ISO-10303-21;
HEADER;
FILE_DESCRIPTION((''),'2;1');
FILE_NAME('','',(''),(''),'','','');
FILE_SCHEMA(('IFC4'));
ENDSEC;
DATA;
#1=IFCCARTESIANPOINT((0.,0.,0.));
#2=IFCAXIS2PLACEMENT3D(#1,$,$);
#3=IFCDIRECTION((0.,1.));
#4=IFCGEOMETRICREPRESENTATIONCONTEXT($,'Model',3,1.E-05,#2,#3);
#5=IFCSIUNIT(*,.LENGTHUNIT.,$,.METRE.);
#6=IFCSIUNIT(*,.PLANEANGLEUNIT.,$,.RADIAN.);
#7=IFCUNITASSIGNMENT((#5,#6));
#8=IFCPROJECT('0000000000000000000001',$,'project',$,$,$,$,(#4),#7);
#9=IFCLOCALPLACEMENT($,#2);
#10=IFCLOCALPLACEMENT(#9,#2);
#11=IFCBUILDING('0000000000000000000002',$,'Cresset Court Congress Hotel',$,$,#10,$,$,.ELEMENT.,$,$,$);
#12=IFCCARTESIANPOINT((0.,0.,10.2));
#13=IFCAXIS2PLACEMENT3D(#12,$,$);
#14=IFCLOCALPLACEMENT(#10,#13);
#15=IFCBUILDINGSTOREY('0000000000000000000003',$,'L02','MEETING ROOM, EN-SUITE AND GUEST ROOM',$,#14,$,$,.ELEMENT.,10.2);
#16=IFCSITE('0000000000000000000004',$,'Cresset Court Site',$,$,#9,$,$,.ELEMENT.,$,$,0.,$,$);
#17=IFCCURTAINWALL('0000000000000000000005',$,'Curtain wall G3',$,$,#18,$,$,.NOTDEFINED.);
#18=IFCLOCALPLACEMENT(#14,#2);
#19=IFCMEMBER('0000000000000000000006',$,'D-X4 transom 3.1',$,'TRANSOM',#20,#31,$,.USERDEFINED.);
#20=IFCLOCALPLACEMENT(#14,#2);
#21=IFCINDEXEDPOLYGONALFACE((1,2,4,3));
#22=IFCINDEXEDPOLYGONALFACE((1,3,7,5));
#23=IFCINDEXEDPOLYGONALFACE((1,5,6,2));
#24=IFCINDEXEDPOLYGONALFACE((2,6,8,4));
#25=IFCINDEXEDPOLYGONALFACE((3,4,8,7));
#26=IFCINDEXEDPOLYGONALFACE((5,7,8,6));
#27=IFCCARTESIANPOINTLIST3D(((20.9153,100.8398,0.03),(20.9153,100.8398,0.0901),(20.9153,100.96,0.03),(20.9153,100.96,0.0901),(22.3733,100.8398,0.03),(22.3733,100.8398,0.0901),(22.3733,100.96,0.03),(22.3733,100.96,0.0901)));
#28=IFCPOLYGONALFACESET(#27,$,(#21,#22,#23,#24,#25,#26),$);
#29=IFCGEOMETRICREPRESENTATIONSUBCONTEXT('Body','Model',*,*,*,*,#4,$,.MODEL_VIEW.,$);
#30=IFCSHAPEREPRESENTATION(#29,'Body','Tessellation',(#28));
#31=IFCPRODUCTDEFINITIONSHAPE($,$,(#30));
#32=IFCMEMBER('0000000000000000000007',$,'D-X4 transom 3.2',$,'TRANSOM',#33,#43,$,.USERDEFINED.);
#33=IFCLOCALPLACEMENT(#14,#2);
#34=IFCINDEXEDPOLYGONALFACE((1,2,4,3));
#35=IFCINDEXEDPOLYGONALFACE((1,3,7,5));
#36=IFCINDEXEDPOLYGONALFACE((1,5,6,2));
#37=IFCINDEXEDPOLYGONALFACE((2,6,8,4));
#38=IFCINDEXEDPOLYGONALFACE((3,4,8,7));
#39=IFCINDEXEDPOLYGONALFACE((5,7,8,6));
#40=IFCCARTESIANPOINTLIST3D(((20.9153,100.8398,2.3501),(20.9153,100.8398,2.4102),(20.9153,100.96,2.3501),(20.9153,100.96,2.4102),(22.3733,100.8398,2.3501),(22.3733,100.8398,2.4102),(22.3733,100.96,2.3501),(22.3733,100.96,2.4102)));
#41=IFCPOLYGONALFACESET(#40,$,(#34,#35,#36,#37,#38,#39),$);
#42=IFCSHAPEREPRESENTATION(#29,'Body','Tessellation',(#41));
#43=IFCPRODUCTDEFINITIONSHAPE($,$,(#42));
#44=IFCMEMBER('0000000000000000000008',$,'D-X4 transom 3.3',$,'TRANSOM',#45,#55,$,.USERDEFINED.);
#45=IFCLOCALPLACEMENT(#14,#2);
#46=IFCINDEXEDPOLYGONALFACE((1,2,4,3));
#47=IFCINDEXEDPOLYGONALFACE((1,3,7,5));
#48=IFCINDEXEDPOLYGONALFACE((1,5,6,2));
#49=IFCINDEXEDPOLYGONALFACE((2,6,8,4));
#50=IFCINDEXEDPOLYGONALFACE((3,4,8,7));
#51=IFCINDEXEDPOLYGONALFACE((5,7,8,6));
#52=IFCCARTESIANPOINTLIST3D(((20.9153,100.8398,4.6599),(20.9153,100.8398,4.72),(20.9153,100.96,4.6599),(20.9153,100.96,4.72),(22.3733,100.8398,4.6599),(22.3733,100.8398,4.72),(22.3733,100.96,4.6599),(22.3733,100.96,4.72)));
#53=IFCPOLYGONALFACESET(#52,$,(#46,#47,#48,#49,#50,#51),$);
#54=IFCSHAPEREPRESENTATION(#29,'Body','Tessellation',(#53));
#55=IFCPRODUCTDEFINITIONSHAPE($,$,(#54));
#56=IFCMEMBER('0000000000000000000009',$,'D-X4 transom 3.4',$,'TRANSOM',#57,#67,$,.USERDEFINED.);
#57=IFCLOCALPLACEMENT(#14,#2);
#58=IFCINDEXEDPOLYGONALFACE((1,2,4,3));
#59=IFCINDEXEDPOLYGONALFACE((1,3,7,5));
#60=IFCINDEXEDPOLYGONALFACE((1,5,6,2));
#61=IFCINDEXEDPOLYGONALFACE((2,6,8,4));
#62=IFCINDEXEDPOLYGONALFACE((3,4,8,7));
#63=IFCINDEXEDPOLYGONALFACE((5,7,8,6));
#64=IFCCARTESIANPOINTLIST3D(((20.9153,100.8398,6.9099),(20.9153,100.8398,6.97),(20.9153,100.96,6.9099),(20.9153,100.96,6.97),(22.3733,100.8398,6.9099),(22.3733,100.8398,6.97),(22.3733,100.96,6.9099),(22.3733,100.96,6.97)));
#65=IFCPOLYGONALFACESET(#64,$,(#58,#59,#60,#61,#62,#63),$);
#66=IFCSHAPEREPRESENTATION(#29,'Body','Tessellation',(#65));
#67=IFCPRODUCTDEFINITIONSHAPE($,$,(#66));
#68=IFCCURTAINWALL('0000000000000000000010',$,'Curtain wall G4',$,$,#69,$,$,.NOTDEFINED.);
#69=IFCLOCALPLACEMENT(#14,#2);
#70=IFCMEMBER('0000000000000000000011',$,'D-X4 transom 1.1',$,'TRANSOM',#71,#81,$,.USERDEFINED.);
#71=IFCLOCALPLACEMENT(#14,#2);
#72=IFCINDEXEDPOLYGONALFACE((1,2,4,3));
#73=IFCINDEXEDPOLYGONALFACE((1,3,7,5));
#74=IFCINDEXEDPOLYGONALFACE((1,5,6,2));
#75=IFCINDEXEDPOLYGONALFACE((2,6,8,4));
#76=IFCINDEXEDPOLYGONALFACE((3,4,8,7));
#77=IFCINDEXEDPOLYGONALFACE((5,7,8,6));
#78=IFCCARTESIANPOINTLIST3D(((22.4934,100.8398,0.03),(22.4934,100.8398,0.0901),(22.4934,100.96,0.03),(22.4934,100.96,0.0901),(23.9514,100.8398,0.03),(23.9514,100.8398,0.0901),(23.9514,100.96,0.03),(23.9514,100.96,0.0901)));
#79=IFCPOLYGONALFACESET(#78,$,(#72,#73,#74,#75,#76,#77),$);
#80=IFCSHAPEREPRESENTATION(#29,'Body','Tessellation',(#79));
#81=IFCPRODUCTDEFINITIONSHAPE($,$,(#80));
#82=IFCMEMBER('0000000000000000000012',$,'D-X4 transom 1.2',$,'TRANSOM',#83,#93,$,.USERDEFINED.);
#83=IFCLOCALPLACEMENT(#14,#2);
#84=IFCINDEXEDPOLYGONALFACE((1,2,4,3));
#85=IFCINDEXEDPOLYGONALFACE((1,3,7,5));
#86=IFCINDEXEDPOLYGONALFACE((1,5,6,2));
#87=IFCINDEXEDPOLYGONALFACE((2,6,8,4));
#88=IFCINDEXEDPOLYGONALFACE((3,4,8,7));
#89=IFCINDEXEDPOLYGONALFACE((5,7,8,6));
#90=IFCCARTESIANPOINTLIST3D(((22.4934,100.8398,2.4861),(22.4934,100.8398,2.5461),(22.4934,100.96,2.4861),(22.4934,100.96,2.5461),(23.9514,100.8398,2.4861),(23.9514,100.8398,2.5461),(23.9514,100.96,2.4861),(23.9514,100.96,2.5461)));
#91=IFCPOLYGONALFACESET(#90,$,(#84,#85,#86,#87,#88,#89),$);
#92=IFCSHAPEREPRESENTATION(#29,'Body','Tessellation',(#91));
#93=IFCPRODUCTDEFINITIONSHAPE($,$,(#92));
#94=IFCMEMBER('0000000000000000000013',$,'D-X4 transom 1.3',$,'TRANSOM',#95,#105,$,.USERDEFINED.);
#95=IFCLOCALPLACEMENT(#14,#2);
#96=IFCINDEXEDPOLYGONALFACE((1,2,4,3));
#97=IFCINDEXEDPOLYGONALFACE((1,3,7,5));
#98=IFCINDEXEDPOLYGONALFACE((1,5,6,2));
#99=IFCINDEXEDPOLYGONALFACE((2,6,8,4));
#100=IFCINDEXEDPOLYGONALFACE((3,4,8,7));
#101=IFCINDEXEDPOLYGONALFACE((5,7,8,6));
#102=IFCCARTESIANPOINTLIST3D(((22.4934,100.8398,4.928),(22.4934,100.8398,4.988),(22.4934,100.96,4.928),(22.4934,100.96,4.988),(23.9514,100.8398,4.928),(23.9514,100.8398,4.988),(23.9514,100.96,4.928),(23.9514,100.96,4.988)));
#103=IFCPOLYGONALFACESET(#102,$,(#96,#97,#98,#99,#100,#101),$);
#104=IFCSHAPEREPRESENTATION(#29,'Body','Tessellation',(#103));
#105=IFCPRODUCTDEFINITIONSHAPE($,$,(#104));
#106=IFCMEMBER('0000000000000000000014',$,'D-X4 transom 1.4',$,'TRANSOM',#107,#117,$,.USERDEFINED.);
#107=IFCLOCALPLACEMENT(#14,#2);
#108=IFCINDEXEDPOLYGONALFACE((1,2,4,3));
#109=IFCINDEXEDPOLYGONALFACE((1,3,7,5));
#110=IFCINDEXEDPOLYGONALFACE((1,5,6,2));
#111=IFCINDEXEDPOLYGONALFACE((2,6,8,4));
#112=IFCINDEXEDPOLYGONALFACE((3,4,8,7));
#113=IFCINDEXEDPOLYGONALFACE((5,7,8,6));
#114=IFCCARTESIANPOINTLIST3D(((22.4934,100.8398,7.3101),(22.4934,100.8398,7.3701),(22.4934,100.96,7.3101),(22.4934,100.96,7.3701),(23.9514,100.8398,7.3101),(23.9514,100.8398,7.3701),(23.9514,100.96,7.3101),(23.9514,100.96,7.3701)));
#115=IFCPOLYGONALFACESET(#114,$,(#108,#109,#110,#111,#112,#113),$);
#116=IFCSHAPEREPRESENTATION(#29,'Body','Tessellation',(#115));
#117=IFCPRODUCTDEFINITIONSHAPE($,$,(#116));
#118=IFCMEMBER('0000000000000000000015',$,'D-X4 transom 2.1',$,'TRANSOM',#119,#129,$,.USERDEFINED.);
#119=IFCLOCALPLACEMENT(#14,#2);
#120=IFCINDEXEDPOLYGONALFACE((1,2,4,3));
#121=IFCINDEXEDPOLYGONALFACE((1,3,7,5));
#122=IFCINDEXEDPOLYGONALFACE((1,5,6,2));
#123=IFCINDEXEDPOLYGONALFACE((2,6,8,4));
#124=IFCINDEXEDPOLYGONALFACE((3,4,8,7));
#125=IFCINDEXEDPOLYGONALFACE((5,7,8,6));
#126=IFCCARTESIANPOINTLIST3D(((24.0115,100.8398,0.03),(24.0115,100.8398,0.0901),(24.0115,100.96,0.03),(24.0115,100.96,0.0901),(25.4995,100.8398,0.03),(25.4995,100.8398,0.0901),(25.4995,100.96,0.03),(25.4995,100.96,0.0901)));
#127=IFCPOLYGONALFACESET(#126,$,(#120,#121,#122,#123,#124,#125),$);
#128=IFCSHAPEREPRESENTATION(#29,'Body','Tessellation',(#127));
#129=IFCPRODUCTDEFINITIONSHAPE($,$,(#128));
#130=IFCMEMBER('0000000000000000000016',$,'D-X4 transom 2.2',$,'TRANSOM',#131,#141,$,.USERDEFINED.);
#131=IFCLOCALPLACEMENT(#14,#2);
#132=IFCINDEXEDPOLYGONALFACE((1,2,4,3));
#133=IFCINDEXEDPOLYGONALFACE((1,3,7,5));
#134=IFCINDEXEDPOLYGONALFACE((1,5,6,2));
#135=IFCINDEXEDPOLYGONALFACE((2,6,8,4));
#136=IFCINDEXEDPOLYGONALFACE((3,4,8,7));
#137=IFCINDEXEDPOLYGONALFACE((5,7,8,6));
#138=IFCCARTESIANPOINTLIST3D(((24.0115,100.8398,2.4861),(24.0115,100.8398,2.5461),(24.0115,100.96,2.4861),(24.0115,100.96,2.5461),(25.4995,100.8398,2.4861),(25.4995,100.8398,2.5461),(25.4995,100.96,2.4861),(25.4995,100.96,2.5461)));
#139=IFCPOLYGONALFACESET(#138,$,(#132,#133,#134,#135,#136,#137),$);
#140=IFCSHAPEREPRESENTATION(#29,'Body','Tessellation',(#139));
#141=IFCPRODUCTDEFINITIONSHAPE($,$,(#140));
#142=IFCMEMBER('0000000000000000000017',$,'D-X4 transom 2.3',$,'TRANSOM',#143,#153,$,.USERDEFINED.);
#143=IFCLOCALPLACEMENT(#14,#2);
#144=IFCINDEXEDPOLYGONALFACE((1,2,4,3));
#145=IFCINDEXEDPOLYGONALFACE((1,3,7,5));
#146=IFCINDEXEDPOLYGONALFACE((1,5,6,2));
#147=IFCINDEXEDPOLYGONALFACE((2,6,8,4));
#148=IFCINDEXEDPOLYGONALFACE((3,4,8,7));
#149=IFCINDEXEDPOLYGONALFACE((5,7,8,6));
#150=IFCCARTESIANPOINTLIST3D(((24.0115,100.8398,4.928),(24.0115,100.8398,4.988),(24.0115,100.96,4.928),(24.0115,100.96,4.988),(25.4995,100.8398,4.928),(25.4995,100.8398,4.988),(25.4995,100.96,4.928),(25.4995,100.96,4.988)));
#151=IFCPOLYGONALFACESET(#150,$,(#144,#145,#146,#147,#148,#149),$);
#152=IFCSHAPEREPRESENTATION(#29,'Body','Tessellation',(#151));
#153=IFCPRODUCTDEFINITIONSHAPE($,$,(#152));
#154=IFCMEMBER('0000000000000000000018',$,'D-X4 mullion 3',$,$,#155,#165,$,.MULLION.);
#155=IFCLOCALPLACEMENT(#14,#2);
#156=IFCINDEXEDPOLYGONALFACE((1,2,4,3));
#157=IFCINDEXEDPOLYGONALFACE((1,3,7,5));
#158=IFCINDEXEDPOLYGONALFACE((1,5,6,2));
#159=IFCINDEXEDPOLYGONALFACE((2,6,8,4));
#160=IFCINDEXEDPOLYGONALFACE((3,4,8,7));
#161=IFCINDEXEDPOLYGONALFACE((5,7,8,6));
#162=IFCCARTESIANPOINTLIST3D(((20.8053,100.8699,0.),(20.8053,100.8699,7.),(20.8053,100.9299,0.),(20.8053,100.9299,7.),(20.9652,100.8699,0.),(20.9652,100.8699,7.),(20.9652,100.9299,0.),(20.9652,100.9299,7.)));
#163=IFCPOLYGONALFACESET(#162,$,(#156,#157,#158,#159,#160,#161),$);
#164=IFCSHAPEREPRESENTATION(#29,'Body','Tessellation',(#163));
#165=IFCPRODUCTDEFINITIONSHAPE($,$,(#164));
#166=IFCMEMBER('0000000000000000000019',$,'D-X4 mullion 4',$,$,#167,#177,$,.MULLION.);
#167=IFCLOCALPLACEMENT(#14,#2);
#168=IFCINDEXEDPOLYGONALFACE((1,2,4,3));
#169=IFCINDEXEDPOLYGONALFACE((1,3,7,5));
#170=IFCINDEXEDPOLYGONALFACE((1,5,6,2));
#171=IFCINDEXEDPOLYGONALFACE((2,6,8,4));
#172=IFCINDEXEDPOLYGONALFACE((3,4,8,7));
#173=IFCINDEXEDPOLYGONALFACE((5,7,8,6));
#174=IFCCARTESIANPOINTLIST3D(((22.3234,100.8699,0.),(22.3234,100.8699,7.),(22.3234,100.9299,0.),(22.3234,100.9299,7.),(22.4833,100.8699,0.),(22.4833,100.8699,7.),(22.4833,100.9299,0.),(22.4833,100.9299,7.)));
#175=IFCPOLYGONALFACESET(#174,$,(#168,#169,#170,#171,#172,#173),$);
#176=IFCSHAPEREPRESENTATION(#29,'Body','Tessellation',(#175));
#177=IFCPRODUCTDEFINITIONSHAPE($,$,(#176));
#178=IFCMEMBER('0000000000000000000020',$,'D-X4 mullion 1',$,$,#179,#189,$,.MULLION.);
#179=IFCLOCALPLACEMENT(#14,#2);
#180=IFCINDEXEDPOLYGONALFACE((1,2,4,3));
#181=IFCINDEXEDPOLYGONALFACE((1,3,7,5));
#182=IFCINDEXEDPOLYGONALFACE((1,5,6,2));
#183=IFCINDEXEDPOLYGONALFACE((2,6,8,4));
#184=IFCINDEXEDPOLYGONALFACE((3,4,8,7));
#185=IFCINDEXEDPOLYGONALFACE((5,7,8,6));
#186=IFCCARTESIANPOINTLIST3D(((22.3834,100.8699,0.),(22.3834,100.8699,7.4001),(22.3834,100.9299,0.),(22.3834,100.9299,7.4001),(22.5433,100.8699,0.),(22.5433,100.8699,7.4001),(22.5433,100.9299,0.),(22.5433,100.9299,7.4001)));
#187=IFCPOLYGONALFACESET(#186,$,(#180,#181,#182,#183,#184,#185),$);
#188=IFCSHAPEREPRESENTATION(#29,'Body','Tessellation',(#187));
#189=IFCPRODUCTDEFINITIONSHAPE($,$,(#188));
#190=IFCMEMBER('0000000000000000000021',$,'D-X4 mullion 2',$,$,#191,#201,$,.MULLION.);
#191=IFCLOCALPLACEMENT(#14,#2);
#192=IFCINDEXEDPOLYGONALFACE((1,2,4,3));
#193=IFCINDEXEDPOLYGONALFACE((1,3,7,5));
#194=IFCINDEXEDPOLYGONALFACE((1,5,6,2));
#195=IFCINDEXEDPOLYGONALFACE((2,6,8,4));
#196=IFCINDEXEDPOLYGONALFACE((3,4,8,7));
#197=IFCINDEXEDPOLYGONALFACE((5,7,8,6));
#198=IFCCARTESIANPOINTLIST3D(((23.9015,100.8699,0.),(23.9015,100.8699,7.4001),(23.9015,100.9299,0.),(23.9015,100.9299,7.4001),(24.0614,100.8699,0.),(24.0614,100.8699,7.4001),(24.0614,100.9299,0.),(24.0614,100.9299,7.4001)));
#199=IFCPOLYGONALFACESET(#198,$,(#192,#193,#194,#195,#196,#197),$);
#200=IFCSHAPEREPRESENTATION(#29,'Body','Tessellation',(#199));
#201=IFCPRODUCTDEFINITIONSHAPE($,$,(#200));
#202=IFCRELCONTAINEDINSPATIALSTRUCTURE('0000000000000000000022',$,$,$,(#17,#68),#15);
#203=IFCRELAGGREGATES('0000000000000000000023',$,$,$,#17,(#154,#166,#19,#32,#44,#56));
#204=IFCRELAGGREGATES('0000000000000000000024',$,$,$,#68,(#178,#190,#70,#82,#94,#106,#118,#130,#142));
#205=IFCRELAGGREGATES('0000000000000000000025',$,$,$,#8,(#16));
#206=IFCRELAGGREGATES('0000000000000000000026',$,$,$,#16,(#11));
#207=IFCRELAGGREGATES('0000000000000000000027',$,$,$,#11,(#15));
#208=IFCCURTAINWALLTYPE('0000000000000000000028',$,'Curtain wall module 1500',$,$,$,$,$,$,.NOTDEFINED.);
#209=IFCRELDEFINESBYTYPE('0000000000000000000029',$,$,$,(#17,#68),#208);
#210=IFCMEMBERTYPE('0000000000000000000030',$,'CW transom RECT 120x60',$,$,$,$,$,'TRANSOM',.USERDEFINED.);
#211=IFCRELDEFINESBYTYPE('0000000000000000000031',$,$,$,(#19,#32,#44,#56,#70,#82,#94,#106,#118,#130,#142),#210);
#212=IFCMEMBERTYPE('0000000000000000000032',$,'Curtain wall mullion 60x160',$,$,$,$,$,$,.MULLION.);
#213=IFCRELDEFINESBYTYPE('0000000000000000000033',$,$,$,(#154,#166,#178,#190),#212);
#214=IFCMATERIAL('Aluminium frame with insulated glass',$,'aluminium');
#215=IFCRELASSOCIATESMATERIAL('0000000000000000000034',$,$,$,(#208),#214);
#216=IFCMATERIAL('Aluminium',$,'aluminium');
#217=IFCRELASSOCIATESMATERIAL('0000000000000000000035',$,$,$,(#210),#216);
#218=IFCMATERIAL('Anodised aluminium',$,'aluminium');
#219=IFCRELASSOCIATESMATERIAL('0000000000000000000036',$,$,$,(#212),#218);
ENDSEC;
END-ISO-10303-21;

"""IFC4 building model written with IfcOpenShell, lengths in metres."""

from ifc_helpers import new_model, si_unit, direction, frame, origin, origin_2d, place, context, subcontext, project, spatial, rectangle, extrude, material, material_profile, profile_set, type_object, element, aggregate, save


model = new_model("IFC4")

# Units and contexts
model_context = context("Model", 3, precision=1e-05, world=origin(), true_north=direction((0.0, 1.0)))
body_context = subcontext(model_context, "Body", "Model", "MODEL_VIEW")
ifc_project = project(units=[si_unit("LENGTHUNIT", "METRE"), si_unit("PLANEANGLEUNIT", "RADIAN")], contexts=[model_context])

# Site, building, storey
site_placement = place(None, origin())
site = spatial("IfcSite", under=ifc_project, at=site_placement, Name="Cresset Court Site", CompositionType="ELEMENT", RefElevation=0.0)
building_placement = place(site_placement, origin())
building = spatial("IfcBuilding", under=site, at=building_placement, Name="Cresset Court Congress Hotel", CompositionType="ELEMENT")
storey_placement = place(building_placement, frame((0.0, 0.0, 10.2)))
storey = spatial("IfcBuildingStorey", under=building, at=storey_placement, Name="L02", Description="MEETING ROOM, EN-SUITE AND GUEST ROOM", CompositionType="ELEMENT", Elevation=10.2)

# Curtain walls, members
ifc_material_1 = material(Name="Aluminium frame with insulated glass", Category="aluminium")
curtain_wall_type = type_object("IfcCurtainWallType", Name="Curtain wall module 1500", PredefinedType="NOTDEFINED", material=ifc_material_1)
curtain_wall_1_placement = place(storey_placement, origin())
curtain_wall_1 = element("IfcCurtainWall", 1, at=curtain_wall_1_placement, inside=storey, type_object=curtain_wall_type, Name="Curtain wall G3", PredefinedType="NOTDEFINED")
ifc_material_2 = material(Name="Aluminium", Category="aluminium")
ifc_material_profile_1 = material_profile(ifc_material_2, rectangle(XDim=0.1201, YDim=0.0601, at=origin_2d()), Name="AL 120x60")
ifc_profile_set_1 = profile_set([ifc_material_profile_1], Name="Aluminium")
member_type_1 = type_object("IfcMemberType", Name="CW transom RECT 120x60", ElementType="TRANSOM", PredefinedType="USERDEFINED", material=ifc_profile_set_1)
member_1_placement = place(storey_placement, frame((20.9153, 100.8999, 0.0601), z_axis=(1.0, 0.0, 0.0), x_axis=(0.0, 1.0, 0.0)))
member_1 = element("IfcMember", 2, at=member_1_placement, type_object=member_type_1, Name="D-X4 transom 3.1", ObjectType="TRANSOM", PredefinedType="USERDEFINED", context=body_context, shape_type="SweptSolid", body=[
    extrude(rectangle(XDim=0.1201, YDim=0.0601, at=origin_2d()), origin(), (0.0, 0.0, 1.0), 1.458),
])
member_2_placement = place(storey_placement, frame((20.9153, 100.8999, 2.3801), z_axis=(1.0, 0.0, 0.0), x_axis=(0.0, 1.0, 0.0)))
member_2 = element("IfcMember", 3, at=member_2_placement, type_object=member_type_1, Name="D-X4 transom 3.2", ObjectType="TRANSOM", PredefinedType="USERDEFINED", context=body_context, shape_type="SweptSolid", body=[
    extrude(rectangle(XDim=0.1201, YDim=0.0601, at=origin_2d()), origin(), (0.0, 0.0, 1.0), 1.458),
])
member_3_placement = place(storey_placement, frame((20.9153, 100.8999, 4.6899), z_axis=(1.0, 0.0, 0.0), x_axis=(0.0, 1.0, 0.0)))
member_3 = element("IfcMember", 4, at=member_3_placement, type_object=member_type_1, Name="D-X4 transom 3.3", ObjectType="TRANSOM", PredefinedType="USERDEFINED", context=body_context, shape_type="SweptSolid", body=[
    extrude(rectangle(XDim=0.1201, YDim=0.0601, at=origin_2d()), origin(), (0.0, 0.0, 1.0), 1.458),
])
member_4_placement = place(storey_placement, frame((20.9153, 100.8999, 6.9399), z_axis=(1.0, 0.0, 0.0), x_axis=(0.0, 1.0, 0.0)))
member_4 = element("IfcMember", 5, at=member_4_placement, type_object=member_type_1, Name="D-X4 transom 3.4", ObjectType="TRANSOM", PredefinedType="USERDEFINED", context=body_context, shape_type="SweptSolid", body=[
    extrude(rectangle(XDim=0.1201, YDim=0.0601, at=origin_2d()), origin(), (0.0, 0.0, 1.0), 1.458),
])
curtain_wall_2_placement = place(storey_placement, origin())
curtain_wall_2 = element("IfcCurtainWall", 6, at=curtain_wall_2_placement, inside=storey, type_object=curtain_wall_type, Name="Curtain wall G4", PredefinedType="NOTDEFINED")
member_5_placement = place(storey_placement, frame((22.4934, 100.8999, 0.0601), z_axis=(1.0, 0.0, 0.0), x_axis=(0.0, 1.0, 0.0)))
member_5 = element("IfcMember", 7, at=member_5_placement, type_object=member_type_1, Name="D-X4 transom 1.1", ObjectType="TRANSOM", PredefinedType="USERDEFINED", context=body_context, shape_type="SweptSolid", body=[
    extrude(rectangle(XDim=0.1201, YDim=0.0601, at=origin_2d()), origin(), (0.0, 0.0, 1.0), 1.458),
])
member_6_placement = place(storey_placement, frame((22.4934, 100.8999, 2.5161), z_axis=(1.0, 0.0, 0.0), x_axis=(0.0, 1.0, 0.0)))
member_6 = element("IfcMember", 8, at=member_6_placement, type_object=member_type_1, Name="D-X4 transom 1.2", ObjectType="TRANSOM", PredefinedType="USERDEFINED", context=body_context, shape_type="SweptSolid", body=[
    extrude(rectangle(XDim=0.1201, YDim=0.0601, at=origin_2d()), origin(), (0.0, 0.0, 1.0), 1.458),
])
member_7_placement = place(storey_placement, frame((22.4934, 100.8999, 4.958), z_axis=(1.0, 0.0, 0.0), x_axis=(0.0, 1.0, 0.0)))
member_7 = element("IfcMember", 9, at=member_7_placement, type_object=member_type_1, Name="D-X4 transom 1.3", ObjectType="TRANSOM", PredefinedType="USERDEFINED", context=body_context, shape_type="SweptSolid", body=[
    extrude(rectangle(XDim=0.1201, YDim=0.0601, at=origin_2d()), origin(), (0.0, 0.0, 1.0), 1.458),
])
member_8_placement = place(storey_placement, frame((22.4934, 100.8999, 7.3401), z_axis=(1.0, 0.0, 0.0), x_axis=(0.0, 1.0, 0.0)))
member_8 = element("IfcMember", 10, at=member_8_placement, type_object=member_type_1, Name="D-X4 transom 1.4", ObjectType="TRANSOM", PredefinedType="USERDEFINED", context=body_context, shape_type="SweptSolid", body=[
    extrude(rectangle(XDim=0.1201, YDim=0.0601, at=origin_2d()), origin(), (0.0, 0.0, 1.0), 1.458),
])
member_9_placement = place(storey_placement, frame((24.0115, 100.8999, 0.0601), z_axis=(1.0, 0.0, 0.0), x_axis=(0.0, 1.0, 0.0)))
member_9 = element("IfcMember", 11, at=member_9_placement, type_object=member_type_1, Name="D-X4 transom 2.1", ObjectType="TRANSOM", PredefinedType="USERDEFINED", context=body_context, shape_type="SweptSolid", body=[
    extrude(rectangle(XDim=0.1201, YDim=0.0601, at=origin_2d()), origin(), (0.0, 0.0, 1.0), 1.488),
])
member_10_placement = place(storey_placement, frame((24.0115, 100.8999, 2.5161), z_axis=(1.0, 0.0, 0.0), x_axis=(0.0, 1.0, 0.0)))
member_10 = element("IfcMember", 12, at=member_10_placement, type_object=member_type_1, Name="D-X4 transom 2.2", ObjectType="TRANSOM", PredefinedType="USERDEFINED", context=body_context, shape_type="SweptSolid", body=[
    extrude(rectangle(XDim=0.1201, YDim=0.0601, at=origin_2d()), origin(), (0.0, 0.0, 1.0), 1.488),
])
member_11_placement = place(storey_placement, frame((24.0115, 100.8999, 4.958), z_axis=(1.0, 0.0, 0.0), x_axis=(0.0, 1.0, 0.0)))
member_11 = element("IfcMember", 13, at=member_11_placement, type_object=member_type_1, Name="D-X4 transom 2.3", ObjectType="TRANSOM", PredefinedType="USERDEFINED", context=body_context, shape_type="SweptSolid", body=[
    extrude(rectangle(XDim=0.1201, YDim=0.0601, at=origin_2d()), origin(), (0.0, 0.0, 1.0), 1.488),
])

# Members
ifc_material_3 = material(Name="Anodised aluminium", Category="aluminium")
ifc_material_profile_2 = material_profile(ifc_material_3, rectangle(XDim=0.0601, YDim=0.1599, at=origin_2d()), Name="AL60x160")
ifc_profile_set_2 = profile_set([ifc_material_profile_2], Name="Anodised aluminium")
member_type_2 = type_object("IfcMemberType", Name="Curtain wall mullion 60x160", PredefinedType="MULLION", material=ifc_profile_set_2)
member_12_placement = place(storey_placement, frame((20.8853, 100.8999, 0.0), z_axis=(0.0, 0.0, 1.0), x_axis=(0.0, 1.0, 0.0)))
member_12 = element("IfcMember", 14, at=member_12_placement, type_object=member_type_2, Name="D-X4 mullion 3", PredefinedType="MULLION", context=body_context, shape_type="SweptSolid", body=[
    extrude(rectangle(XDim=0.0601, YDim=0.1599, at=origin_2d()), origin(), (0.0, 0.0, 1.0), 7.0),
])
member_13_placement = place(storey_placement, frame((22.4033, 100.8999, 0.0), z_axis=(0.0, 0.0, 1.0), x_axis=(0.0, 1.0, 0.0)))
member_13 = element("IfcMember", 15, at=member_13_placement, type_object=member_type_2, Name="D-X4 mullion 4", PredefinedType="MULLION", context=body_context, shape_type="SweptSolid", body=[
    extrude(rectangle(XDim=0.0601, YDim=0.1599, at=origin_2d()), origin(), (0.0, 0.0, 1.0), 7.0),
])
member_14_placement = place(storey_placement, frame((22.4634, 100.8999, 0.0), z_axis=(0.0, 0.0, 1.0), x_axis=(0.0, 1.0, 0.0)))
member_14 = element("IfcMember", 16, at=member_14_placement, type_object=member_type_2, Name="D-X4 mullion 1", PredefinedType="MULLION", context=body_context, shape_type="SweptSolid", body=[
    extrude(rectangle(XDim=0.0601, YDim=0.1599, at=origin_2d()), origin(), (0.0, 0.0, 1.0), 7.4001),
])
member_15_placement = place(storey_placement, frame((23.9814, 100.8999, 0.0), z_axis=(0.0, 0.0, 1.0), x_axis=(0.0, 1.0, 0.0)))
member_15 = element("IfcMember", 17, at=member_15_placement, type_object=member_type_2, Name="D-X4 mullion 2", PredefinedType="MULLION", context=body_context, shape_type="SweptSolid", body=[
    extrude(rectangle(XDim=0.0601, YDim=0.1599, at=origin_2d()), origin(), (0.0, 0.0, 1.0), 7.4001),
])

aggregate(curtain_wall_1, [member_12, member_13, member_1, member_2, member_3, member_4])
aggregate(curtain_wall_2, [member_14, member_15, member_5, member_6, member_7, member_8, member_9, member_10, member_11])

save(model, "model.ifc")
